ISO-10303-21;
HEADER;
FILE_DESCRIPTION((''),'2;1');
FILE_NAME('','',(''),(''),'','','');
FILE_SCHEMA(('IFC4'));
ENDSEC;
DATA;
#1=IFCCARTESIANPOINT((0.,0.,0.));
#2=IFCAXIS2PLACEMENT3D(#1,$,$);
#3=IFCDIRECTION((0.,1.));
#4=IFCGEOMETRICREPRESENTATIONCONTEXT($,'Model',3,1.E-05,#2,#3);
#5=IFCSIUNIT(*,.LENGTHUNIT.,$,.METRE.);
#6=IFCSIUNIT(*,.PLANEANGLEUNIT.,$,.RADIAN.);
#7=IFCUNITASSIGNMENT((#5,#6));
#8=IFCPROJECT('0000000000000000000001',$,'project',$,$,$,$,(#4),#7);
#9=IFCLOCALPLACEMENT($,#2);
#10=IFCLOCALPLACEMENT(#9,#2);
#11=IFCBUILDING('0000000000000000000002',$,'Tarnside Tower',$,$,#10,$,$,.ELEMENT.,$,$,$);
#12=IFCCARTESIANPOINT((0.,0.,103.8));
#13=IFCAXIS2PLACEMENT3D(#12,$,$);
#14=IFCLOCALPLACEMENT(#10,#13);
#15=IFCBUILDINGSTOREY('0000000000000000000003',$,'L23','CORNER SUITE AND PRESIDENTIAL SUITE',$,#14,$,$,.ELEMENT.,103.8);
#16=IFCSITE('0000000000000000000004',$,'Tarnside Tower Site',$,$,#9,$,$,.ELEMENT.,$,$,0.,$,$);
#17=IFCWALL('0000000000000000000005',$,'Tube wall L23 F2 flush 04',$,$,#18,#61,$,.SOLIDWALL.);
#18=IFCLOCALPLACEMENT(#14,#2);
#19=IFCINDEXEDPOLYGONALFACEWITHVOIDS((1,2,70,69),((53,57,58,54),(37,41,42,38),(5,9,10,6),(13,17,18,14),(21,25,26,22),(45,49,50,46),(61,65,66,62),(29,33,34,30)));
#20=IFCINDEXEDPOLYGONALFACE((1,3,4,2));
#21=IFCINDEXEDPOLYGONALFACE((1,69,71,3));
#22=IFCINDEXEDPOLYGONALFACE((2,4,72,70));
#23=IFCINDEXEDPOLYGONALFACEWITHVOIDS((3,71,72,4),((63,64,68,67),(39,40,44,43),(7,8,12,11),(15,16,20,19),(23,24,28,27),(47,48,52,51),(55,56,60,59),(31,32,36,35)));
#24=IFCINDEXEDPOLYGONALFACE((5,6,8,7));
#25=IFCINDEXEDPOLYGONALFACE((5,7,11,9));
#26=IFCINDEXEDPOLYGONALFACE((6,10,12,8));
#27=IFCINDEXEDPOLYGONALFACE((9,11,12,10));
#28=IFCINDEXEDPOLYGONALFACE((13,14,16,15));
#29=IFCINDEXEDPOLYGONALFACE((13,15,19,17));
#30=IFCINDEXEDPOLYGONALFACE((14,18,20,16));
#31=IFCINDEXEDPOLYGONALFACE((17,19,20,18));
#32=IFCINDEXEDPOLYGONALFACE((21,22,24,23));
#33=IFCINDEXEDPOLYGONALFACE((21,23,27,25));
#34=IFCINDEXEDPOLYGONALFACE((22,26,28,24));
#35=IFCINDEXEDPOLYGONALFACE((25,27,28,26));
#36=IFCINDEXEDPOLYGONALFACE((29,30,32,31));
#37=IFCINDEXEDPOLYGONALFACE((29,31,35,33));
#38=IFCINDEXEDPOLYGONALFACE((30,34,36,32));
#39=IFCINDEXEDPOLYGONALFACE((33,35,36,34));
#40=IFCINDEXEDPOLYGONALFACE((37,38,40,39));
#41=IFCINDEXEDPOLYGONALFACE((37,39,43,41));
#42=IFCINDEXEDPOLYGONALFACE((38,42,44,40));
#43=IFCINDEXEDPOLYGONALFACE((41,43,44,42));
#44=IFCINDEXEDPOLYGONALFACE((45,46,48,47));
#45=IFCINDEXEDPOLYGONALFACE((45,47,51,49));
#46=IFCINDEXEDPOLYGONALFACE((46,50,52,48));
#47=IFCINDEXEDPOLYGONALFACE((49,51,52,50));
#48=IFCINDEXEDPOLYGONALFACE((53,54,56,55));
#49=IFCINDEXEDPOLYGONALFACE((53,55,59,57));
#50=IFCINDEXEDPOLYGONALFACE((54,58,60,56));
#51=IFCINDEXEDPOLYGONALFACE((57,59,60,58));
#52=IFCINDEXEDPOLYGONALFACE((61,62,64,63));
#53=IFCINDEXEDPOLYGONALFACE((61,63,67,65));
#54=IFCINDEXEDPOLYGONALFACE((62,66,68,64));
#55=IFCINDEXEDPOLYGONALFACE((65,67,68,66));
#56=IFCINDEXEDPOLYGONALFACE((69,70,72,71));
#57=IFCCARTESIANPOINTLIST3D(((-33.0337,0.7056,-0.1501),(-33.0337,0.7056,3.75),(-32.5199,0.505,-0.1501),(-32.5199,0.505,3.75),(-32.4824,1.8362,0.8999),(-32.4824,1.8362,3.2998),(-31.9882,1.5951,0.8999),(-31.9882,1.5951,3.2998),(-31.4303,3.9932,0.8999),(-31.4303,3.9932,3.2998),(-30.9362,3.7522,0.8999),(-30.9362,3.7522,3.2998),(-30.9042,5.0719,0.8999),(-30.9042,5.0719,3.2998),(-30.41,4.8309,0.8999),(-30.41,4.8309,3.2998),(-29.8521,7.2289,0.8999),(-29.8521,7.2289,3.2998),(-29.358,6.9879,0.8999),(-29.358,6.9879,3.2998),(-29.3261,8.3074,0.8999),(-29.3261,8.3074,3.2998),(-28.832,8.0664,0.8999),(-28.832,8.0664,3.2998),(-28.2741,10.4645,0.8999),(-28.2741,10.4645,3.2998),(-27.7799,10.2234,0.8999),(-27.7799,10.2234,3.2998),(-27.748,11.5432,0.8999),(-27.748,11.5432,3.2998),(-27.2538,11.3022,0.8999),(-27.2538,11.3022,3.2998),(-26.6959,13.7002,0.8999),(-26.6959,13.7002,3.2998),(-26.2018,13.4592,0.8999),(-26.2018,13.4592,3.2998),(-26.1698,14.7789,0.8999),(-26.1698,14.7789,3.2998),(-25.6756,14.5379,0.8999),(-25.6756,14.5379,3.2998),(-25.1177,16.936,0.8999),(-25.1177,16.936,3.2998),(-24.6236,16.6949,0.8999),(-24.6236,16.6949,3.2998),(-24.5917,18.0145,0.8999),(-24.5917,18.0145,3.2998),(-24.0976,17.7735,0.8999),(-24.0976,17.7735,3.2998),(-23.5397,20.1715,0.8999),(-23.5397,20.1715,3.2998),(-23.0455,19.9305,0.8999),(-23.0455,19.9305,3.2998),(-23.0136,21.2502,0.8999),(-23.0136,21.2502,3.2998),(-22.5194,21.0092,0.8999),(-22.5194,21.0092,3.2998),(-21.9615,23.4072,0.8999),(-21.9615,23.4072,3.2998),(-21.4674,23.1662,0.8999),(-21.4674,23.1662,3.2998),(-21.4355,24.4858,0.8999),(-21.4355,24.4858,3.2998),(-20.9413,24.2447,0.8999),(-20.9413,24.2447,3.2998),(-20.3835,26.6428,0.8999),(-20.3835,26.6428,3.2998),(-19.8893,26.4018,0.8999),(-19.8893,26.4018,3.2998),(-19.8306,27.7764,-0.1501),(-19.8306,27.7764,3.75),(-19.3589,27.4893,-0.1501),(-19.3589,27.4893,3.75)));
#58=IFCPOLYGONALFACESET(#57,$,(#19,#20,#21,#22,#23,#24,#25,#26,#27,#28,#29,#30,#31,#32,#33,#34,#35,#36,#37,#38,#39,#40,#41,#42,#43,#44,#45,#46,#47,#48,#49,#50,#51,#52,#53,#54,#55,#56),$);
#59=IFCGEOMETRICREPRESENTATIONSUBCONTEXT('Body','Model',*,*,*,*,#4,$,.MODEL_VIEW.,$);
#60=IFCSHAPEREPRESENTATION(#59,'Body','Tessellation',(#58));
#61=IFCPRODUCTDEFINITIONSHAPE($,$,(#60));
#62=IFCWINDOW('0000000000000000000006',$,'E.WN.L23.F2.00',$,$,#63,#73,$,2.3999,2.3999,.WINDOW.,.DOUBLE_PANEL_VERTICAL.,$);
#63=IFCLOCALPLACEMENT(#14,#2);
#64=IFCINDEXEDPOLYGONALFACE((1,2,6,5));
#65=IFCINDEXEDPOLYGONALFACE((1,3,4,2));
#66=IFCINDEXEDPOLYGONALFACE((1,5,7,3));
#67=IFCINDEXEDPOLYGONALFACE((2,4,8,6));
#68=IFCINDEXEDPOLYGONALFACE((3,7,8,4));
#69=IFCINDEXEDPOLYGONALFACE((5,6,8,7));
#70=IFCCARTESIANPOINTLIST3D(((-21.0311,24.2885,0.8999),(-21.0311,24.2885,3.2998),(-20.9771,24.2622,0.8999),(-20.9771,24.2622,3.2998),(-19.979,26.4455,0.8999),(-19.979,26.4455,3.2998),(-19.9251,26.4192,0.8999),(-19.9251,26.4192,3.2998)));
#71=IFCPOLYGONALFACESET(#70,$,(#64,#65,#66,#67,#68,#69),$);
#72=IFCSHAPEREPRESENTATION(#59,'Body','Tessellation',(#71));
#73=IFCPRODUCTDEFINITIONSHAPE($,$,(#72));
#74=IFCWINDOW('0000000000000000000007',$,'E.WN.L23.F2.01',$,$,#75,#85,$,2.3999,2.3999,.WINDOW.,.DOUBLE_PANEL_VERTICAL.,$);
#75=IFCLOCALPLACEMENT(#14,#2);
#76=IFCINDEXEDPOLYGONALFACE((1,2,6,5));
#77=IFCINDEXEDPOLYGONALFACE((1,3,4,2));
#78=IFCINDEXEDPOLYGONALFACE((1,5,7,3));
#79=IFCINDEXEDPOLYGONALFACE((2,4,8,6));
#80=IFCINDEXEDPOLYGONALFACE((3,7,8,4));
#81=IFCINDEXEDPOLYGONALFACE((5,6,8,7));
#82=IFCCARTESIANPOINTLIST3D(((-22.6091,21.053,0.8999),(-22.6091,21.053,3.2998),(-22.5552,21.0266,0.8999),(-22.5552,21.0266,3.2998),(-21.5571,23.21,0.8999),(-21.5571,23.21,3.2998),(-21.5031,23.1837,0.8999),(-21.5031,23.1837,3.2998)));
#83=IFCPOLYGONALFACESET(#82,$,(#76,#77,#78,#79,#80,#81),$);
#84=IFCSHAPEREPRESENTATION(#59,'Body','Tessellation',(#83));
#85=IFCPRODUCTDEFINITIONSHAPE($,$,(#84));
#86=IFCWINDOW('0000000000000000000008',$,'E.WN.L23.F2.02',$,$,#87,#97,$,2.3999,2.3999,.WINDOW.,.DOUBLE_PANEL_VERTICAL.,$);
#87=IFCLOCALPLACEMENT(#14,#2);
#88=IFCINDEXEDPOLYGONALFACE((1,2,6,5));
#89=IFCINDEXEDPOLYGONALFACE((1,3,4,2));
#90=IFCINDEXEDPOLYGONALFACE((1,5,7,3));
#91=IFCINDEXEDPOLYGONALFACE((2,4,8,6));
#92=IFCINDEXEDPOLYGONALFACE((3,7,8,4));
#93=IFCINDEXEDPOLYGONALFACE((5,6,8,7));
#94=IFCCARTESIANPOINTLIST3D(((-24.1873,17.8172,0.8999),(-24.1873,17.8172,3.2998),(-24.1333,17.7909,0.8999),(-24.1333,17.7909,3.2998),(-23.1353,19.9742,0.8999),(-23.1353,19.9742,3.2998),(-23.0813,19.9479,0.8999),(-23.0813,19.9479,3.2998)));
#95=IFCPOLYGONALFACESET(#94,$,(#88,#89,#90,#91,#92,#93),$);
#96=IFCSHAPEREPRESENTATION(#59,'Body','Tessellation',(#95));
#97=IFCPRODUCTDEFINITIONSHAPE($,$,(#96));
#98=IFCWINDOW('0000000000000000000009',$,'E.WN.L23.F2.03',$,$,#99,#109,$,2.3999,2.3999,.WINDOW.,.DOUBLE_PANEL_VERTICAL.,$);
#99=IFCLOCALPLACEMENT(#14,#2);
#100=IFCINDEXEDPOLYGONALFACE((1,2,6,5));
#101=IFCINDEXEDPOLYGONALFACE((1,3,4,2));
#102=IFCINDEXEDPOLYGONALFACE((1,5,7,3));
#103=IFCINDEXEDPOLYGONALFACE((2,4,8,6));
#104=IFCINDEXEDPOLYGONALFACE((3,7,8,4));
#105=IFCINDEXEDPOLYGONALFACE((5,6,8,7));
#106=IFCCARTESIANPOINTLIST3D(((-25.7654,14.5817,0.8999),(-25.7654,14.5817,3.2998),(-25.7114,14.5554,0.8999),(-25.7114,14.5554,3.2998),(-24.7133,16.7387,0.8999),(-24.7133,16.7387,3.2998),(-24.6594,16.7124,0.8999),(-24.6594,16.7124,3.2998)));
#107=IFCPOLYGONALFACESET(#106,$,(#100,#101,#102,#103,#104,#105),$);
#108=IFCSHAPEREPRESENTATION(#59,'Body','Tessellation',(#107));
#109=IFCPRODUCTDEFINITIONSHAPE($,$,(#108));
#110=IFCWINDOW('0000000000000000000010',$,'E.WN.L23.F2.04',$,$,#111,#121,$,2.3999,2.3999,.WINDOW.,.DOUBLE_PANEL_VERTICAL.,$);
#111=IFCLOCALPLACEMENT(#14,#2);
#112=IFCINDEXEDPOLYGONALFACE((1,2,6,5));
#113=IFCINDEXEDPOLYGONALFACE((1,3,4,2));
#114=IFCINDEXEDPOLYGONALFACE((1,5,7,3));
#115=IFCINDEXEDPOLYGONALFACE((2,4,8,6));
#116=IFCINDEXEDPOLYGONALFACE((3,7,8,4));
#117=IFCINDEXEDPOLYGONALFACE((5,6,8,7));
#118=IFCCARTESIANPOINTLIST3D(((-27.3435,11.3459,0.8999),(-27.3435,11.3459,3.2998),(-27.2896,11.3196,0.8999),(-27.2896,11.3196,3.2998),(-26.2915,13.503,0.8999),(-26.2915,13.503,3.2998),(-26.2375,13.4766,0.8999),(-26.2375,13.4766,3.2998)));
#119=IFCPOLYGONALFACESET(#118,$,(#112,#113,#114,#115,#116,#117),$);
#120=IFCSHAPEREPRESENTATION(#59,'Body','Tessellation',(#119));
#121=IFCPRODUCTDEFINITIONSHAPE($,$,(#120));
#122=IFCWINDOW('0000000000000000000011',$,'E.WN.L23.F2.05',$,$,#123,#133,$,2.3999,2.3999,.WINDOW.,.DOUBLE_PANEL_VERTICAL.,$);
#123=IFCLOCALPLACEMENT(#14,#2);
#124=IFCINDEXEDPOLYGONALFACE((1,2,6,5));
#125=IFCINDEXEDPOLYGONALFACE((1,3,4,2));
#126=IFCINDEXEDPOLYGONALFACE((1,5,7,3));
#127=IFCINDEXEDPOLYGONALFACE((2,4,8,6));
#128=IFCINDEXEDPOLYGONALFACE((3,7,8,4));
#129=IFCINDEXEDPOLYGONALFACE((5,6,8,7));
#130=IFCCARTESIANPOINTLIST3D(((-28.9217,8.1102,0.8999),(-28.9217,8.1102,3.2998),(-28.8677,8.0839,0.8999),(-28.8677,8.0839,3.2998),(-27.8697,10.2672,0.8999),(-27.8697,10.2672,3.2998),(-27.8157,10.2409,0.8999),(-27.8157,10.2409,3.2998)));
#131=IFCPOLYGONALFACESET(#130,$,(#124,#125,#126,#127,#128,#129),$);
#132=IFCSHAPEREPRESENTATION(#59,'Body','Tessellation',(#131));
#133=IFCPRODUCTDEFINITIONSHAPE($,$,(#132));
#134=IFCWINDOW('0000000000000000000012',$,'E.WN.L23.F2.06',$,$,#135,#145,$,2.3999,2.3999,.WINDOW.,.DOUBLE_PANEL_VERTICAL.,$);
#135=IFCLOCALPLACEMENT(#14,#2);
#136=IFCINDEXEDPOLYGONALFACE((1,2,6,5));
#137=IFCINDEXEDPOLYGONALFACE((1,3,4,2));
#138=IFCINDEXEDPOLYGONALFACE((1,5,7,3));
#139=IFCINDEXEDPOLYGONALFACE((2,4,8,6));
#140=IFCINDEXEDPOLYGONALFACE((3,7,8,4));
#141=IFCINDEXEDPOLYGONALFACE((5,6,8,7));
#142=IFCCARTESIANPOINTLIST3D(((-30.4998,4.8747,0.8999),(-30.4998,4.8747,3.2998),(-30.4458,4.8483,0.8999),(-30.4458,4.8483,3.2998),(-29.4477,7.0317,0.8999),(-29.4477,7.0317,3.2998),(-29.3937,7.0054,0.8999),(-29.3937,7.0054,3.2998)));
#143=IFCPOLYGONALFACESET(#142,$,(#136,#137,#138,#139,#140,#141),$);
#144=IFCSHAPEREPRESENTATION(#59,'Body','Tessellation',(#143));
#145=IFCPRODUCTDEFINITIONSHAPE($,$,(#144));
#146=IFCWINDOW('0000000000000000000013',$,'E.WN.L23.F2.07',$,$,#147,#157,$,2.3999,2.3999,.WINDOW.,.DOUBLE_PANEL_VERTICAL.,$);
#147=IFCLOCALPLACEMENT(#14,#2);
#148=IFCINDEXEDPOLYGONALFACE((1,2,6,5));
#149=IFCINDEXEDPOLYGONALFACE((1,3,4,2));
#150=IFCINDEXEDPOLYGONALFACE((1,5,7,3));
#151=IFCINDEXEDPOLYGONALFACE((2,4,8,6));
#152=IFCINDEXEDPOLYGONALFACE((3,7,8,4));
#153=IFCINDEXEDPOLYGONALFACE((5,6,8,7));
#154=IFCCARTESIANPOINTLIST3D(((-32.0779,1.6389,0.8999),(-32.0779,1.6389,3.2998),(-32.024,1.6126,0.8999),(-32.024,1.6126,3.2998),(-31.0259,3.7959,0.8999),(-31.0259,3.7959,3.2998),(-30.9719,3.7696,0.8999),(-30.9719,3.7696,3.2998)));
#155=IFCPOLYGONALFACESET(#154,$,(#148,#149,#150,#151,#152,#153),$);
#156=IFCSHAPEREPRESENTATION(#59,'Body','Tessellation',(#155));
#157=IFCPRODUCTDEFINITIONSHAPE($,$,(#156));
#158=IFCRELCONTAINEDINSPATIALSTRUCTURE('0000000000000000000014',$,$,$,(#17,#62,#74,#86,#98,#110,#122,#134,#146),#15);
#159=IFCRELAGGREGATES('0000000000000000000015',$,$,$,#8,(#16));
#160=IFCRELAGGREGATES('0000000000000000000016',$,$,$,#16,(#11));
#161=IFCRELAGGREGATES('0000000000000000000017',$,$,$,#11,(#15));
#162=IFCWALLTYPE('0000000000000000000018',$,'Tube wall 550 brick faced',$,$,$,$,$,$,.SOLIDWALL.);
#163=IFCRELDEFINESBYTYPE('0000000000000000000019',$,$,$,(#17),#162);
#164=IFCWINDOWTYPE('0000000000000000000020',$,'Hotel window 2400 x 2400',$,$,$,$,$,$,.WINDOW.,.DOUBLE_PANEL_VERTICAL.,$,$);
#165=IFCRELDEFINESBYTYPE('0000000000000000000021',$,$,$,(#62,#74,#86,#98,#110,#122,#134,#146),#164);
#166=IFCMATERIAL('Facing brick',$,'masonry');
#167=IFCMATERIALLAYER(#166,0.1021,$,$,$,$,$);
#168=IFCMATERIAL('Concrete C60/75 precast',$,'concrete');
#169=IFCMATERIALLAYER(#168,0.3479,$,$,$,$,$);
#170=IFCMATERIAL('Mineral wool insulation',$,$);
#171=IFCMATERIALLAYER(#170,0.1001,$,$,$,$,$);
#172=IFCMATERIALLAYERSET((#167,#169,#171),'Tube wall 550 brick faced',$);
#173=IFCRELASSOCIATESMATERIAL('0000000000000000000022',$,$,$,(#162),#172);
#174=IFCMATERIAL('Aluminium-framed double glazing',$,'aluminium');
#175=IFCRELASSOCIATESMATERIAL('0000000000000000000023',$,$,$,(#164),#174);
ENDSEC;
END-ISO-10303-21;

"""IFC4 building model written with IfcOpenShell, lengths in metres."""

from ifc_helpers import new_model, si_unit, direction, frame, frame_2d, origin, place, context, subcontext, project, spatial, polyline, rectangle, outline, extrude, material, layer, layer_set, type_object, element, fill, save


model = new_model("IFC4")

# Units and contexts
model_context = context("Model", 3, precision=1e-05, world=origin(), true_north=direction((0.0, 1.0)))
body_context = subcontext(model_context, "Body", "Model", "MODEL_VIEW")
ifc_project = project(units=[si_unit("LENGTHUNIT", "METRE"), si_unit("PLANEANGLEUNIT", "RADIAN")], contexts=[model_context])

# Site, building, storey
site_placement = place(None, origin())
site = spatial("IfcSite", under=ifc_project, at=site_placement, Name="Tarnside Tower Site", CompositionType="ELEMENT", RefElevation=0.0)
building_placement = place(site_placement, origin())
building = spatial("IfcBuilding", under=site, at=building_placement, Name="Tarnside Tower", CompositionType="ELEMENT")
storey_placement = place(building_placement, frame((0.0, 0.0, 103.8)))
storey = spatial("IfcBuildingStorey", under=building, at=storey_placement, Name="L23", Description="CORNER SUITE AND PRESIDENTIAL SUITE", CompositionType="ELEMENT", Elevation=103.8)

# Shared definitions
ifc_material_1 = material(Name="Facing brick", Category="masonry")
ifc_layer_1 = layer(ifc_material_1, 0.1021)
ifc_material_2 = material(Name="Concrete C60/75 precast", Category="concrete")
ifc_layer_2 = layer(ifc_material_2, 0.3479)
ifc_material_3 = material(Name="Mineral wool insulation")
ifc_layer_3 = layer(ifc_material_3, 0.1001)
ifc_layer_set_1 = layer_set([ifc_layer_1, ifc_layer_2, ifc_layer_3], Name="Tube wall 550 brick faced")
wall_type_1 = type_object("IfcWallType", Name="Tube wall 550 brick faced", PredefinedType="SOLIDWALL", material=ifc_layer_set_1)

# Wall, openings, windows
wall_1_placement = place(storey_placement, frame((-19.5947, 27.6328, -0.1501), z_axis=(0.0, 0.0, 1.0), x_axis=(-0.438368, -0.898795, 0.0)))
wall_1 = element("IfcWall", 1, at=wall_1_placement, inside=storey, type_object=wall_type_1, Name="Tube wall L23 F2 flush 04", PredefinedType="SOLIDWALL", context=body_context, shape_type="SweptSolid", body=[
    extrude(outline(polyline([(-0.0256, -0.2749), (30.0933, -0.2749), (30.0483, 0.2749), (0.0256, 0.2749), (-0.0256, -0.2749)])), origin(), (0.0, 0.0, 1.0), 3.9001),
])
opening_1_placement = place(wall_1_placement, frame((1.2356, 0.0, 1.05)))
opening_1 = element("IfcOpeningElement", 2, at=opening_1_placement, cuts=wall_1, PredefinedType="OPENING", context=body_context, shape_type="SweptSolid", body=[
    extrude(rectangle(XDim=2.3999, YDim=2.3999, at=frame_2d((1.2, 1.2))), frame((0.0, 0.2852, 0.0), z_axis=(0.0, -1.0, 0.0), x_axis=(1.0, 0.0, 0.0)), (0.0, 0.0, 1.0), 0.5701),
])
opening_2_placement = place(wall_1_placement, frame((4.8354, 0.0, 1.05)))
opening_2 = element("IfcOpeningElement", 3, at=opening_2_placement, cuts=wall_1, PredefinedType="OPENING", context=body_context, shape_type="SweptSolid", body=[
    extrude(rectangle(XDim=2.3999, YDim=2.3999, at=frame_2d((1.2, 1.2))), frame((0.0, 0.2852, 0.0), z_axis=(0.0, -1.0, 0.0), x_axis=(1.0, 0.0, 0.0)), (0.0, 0.0, 1.0), 0.5701),
])
opening_3_placement = place(wall_1_placement, frame((8.4355, 0.0, 1.05)))
opening_3 = element("IfcOpeningElement", 4, at=opening_3_placement, cuts=wall_1, PredefinedType="OPENING", context=body_context, shape_type="SweptSolid", body=[
    extrude(rectangle(XDim=2.3999, YDim=2.3999, at=frame_2d((1.2, 1.2))), frame((0.0, 0.2852, 0.0), z_axis=(0.0, -1.0, 0.0), x_axis=(1.0, 0.0, 0.0)), (0.0, 0.0, 1.0), 0.5701),
])
opening_4_placement = place(wall_1_placement, frame((12.0354, 0.0, 1.05)))
opening_4 = element("IfcOpeningElement", 5, at=opening_4_placement, cuts=wall_1, PredefinedType="OPENING", context=body_context, shape_type="SweptSolid", body=[
    extrude(rectangle(XDim=2.3999, YDim=2.3999, at=frame_2d((1.2, 1.2))), frame((0.0, 0.2852, 0.0), z_axis=(0.0, -1.0, 0.0), x_axis=(1.0, 0.0, 0.0)), (0.0, 0.0, 1.0), 0.5701),
])
opening_5_placement = place(wall_1_placement, frame((15.6355, 0.0, 1.05)))
opening_5 = element("IfcOpeningElement", 6, at=opening_5_placement, cuts=wall_1, PredefinedType="OPENING", context=body_context, shape_type="SweptSolid", body=[
    extrude(rectangle(XDim=2.3999, YDim=2.3999, at=frame_2d((1.2, 1.2))), frame((0.0, 0.2852, 0.0), z_axis=(0.0, -1.0, 0.0), x_axis=(1.0, 0.0, 0.0)), (0.0, 0.0, 1.0), 0.5701),
])
opening_6_placement = place(wall_1_placement, frame((19.2356, 0.0, 1.05)))
opening_6 = element("IfcOpeningElement", 7, at=opening_6_placement, cuts=wall_1, PredefinedType="OPENING", context=body_context, shape_type="SweptSolid", body=[
    extrude(rectangle(XDim=2.3999, YDim=2.3999, at=frame_2d((1.2, 1.2))), frame((0.0, 0.2852, 0.0), z_axis=(0.0, -1.0, 0.0), x_axis=(1.0, 0.0, 0.0)), (0.0, 0.0, 1.0), 0.5701),
])
opening_7_placement = place(wall_1_placement, frame((22.8354, 0.0, 1.05)))
opening_7 = element("IfcOpeningElement", 8, at=opening_7_placement, cuts=wall_1, PredefinedType="OPENING", context=body_context, shape_type="SweptSolid", body=[
    extrude(rectangle(XDim=2.3999, YDim=2.3999, at=frame_2d((1.2, 1.2))), frame((0.0, 0.2852, 0.0), z_axis=(0.0, -1.0, 0.0), x_axis=(1.0, 0.0, 0.0)), (0.0, 0.0, 1.0), 0.5701),
])
opening_8_placement = place(wall_1_placement, frame((26.4355, 0.0, 1.05)))
opening_8 = element("IfcOpeningElement", 9, at=opening_8_placement, cuts=wall_1, PredefinedType="OPENING", context=body_context, shape_type="SweptSolid", body=[
    extrude(rectangle(XDim=2.3999, YDim=2.3999, at=frame_2d((1.2, 1.2))), frame((0.0, 0.2852, 0.0), z_axis=(0.0, -1.0, 0.0), x_axis=(1.0, 0.0, 0.0)), (0.0, 0.0, 1.0), 0.5701),
])
ifc_material_4 = material(Name="Aluminium-framed double glazing", Category="aluminium")
window_type = type_object("IfcWindowType", Name="Hotel window 2400 x 2400", PartitioningType="DOUBLE_PANEL_VERTICAL", PredefinedType="WINDOW", material=ifc_material_4)
window_1_placement = place(opening_1_placement, frame((0.0, 0.2051, 0.0)))
window_1 = element("IfcWindow", 10, at=window_1_placement, inside=storey, type_object=window_type, Name="E.WN.L23.F2.00", OverallHeight=2.3999, OverallWidth=2.3999, PartitioningType="DOUBLE_PANEL_VERTICAL", PredefinedType="WINDOW", context=body_context, shape_type="SweptSolid", body=[
    extrude(rectangle(XDim=2.3999, YDim=2.3999, at=frame_2d((1.2, 1.2))), frame((0.0, 0.03, 0.0), z_axis=(0.0, -1.0, 0.0), x_axis=(1.0, 0.0, 0.0)), (0.0, 0.0, 1.0), 0.0601),
])
fill(opening_1, window_1)
window_2_placement = place(opening_2_placement, frame((0.0, 0.2051, 0.0)))
window_2 = element("IfcWindow", 11, at=window_2_placement, inside=storey, type_object=window_type, Name="E.WN.L23.F2.01", OverallHeight=2.3999, OverallWidth=2.3999, PartitioningType="DOUBLE_PANEL_VERTICAL", PredefinedType="WINDOW", context=body_context, shape_type="SweptSolid", body=[
    extrude(rectangle(XDim=2.3999, YDim=2.3999, at=frame_2d((1.2, 1.2))), frame((0.0, 0.03, 0.0), z_axis=(0.0, -1.0, 0.0), x_axis=(1.0, 0.0, 0.0)), (0.0, 0.0, 1.0), 0.0601),
])
fill(opening_2, window_2)
window_3_placement = place(opening_3_placement, frame((0.0, 0.2051, 0.0)))
window_3 = element("IfcWindow", 12, at=window_3_placement, inside=storey, type_object=window_type, Name="E.WN.L23.F2.02", OverallHeight=2.3999, OverallWidth=2.3999, PartitioningType="DOUBLE_PANEL_VERTICAL", PredefinedType="WINDOW", context=body_context, shape_type="SweptSolid", body=[
    extrude(rectangle(XDim=2.3999, YDim=2.3999, at=frame_2d((1.2, 1.2))), frame((0.0, 0.03, 0.0), z_axis=(0.0, -1.0, 0.0), x_axis=(1.0, 0.0, 0.0)), (0.0, 0.0, 1.0), 0.0601),
])
fill(opening_3, window_3)
window_4_placement = place(opening_4_placement, frame((0.0, 0.2051, 0.0)))
window_4 = element("IfcWindow", 13, at=window_4_placement, inside=storey, type_object=window_type, Name="E.WN.L23.F2.03", OverallHeight=2.3999, OverallWidth=2.3999, PartitioningType="DOUBLE_PANEL_VERTICAL", PredefinedType="WINDOW", context=body_context, shape_type="SweptSolid", body=[
    extrude(rectangle(XDim=2.3999, YDim=2.3999, at=frame_2d((1.2, 1.2))), frame((0.0, 0.03, 0.0), z_axis=(0.0, -1.0, 0.0), x_axis=(1.0, 0.0, 0.0)), (0.0, 0.0, 1.0), 0.0601),
])
fill(opening_4, window_4)
window_5_placement = place(opening_5_placement, frame((0.0, 0.2051, 0.0)))
window_5 = element("IfcWindow", 14, at=window_5_placement, inside=storey, type_object=window_type, Name="E.WN.L23.F2.04", OverallHeight=2.3999, OverallWidth=2.3999, PartitioningType="DOUBLE_PANEL_VERTICAL", PredefinedType="WINDOW", context=body_context, shape_type="SweptSolid", body=[
    extrude(rectangle(XDim=2.3999, YDim=2.3999, at=frame_2d((1.2, 1.2))), frame((0.0, 0.03, 0.0), z_axis=(0.0, -1.0, 0.0), x_axis=(1.0, 0.0, 0.0)), (0.0, 0.0, 1.0), 0.0601),
])
fill(opening_5, window_5)
window_6_placement = place(opening_6_placement, frame((0.0, 0.2051, 0.0)))
window_6 = element("IfcWindow", 15, at=window_6_placement, inside=storey, type_object=window_type, Name="E.WN.L23.F2.05", OverallHeight=2.3999, OverallWidth=2.3999, PartitioningType="DOUBLE_PANEL_VERTICAL", PredefinedType="WINDOW", context=body_context, shape_type="SweptSolid", body=[
    extrude(rectangle(XDim=2.3999, YDim=2.3999, at=frame_2d((1.2, 1.2))), frame((0.0, 0.03, 0.0), z_axis=(0.0, -1.0, 0.0), x_axis=(1.0, 0.0, 0.0)), (0.0, 0.0, 1.0), 0.0601),
])
fill(opening_6, window_6)
window_7_placement = place(opening_7_placement, frame((0.0, 0.2051, 0.0)))
window_7 = element("IfcWindow", 16, at=window_7_placement, inside=storey, type_object=window_type, Name="E.WN.L23.F2.06", OverallHeight=2.3999, OverallWidth=2.3999, PartitioningType="DOUBLE_PANEL_VERTICAL", PredefinedType="WINDOW", context=body_context, shape_type="SweptSolid", body=[
    extrude(rectangle(XDim=2.3999, YDim=2.3999, at=frame_2d((1.2, 1.2))), frame((0.0, 0.03, 0.0), z_axis=(0.0, -1.0, 0.0), x_axis=(1.0, 0.0, 0.0)), (0.0, 0.0, 1.0), 0.0601),
])
fill(opening_7, window_7)
window_8_placement = place(opening_8_placement, frame((0.0, 0.2051, 0.0)))
window_8 = element("IfcWindow", 17, at=window_8_placement, inside=storey, type_object=window_type, Name="E.WN.L23.F2.07", OverallHeight=2.3999, OverallWidth=2.3999, PartitioningType="DOUBLE_PANEL_VERTICAL", PredefinedType="WINDOW", context=body_context, shape_type="SweptSolid", body=[
    extrude(rectangle(XDim=2.3999, YDim=2.3999, at=frame_2d((1.2, 1.2))), frame((0.0, 0.03, 0.0), z_axis=(0.0, -1.0, 0.0), x_axis=(1.0, 0.0, 0.0)), (0.0, 0.0, 1.0), 0.0601),
])
fill(opening_8, window_8)

save(model, "model.ifc")
